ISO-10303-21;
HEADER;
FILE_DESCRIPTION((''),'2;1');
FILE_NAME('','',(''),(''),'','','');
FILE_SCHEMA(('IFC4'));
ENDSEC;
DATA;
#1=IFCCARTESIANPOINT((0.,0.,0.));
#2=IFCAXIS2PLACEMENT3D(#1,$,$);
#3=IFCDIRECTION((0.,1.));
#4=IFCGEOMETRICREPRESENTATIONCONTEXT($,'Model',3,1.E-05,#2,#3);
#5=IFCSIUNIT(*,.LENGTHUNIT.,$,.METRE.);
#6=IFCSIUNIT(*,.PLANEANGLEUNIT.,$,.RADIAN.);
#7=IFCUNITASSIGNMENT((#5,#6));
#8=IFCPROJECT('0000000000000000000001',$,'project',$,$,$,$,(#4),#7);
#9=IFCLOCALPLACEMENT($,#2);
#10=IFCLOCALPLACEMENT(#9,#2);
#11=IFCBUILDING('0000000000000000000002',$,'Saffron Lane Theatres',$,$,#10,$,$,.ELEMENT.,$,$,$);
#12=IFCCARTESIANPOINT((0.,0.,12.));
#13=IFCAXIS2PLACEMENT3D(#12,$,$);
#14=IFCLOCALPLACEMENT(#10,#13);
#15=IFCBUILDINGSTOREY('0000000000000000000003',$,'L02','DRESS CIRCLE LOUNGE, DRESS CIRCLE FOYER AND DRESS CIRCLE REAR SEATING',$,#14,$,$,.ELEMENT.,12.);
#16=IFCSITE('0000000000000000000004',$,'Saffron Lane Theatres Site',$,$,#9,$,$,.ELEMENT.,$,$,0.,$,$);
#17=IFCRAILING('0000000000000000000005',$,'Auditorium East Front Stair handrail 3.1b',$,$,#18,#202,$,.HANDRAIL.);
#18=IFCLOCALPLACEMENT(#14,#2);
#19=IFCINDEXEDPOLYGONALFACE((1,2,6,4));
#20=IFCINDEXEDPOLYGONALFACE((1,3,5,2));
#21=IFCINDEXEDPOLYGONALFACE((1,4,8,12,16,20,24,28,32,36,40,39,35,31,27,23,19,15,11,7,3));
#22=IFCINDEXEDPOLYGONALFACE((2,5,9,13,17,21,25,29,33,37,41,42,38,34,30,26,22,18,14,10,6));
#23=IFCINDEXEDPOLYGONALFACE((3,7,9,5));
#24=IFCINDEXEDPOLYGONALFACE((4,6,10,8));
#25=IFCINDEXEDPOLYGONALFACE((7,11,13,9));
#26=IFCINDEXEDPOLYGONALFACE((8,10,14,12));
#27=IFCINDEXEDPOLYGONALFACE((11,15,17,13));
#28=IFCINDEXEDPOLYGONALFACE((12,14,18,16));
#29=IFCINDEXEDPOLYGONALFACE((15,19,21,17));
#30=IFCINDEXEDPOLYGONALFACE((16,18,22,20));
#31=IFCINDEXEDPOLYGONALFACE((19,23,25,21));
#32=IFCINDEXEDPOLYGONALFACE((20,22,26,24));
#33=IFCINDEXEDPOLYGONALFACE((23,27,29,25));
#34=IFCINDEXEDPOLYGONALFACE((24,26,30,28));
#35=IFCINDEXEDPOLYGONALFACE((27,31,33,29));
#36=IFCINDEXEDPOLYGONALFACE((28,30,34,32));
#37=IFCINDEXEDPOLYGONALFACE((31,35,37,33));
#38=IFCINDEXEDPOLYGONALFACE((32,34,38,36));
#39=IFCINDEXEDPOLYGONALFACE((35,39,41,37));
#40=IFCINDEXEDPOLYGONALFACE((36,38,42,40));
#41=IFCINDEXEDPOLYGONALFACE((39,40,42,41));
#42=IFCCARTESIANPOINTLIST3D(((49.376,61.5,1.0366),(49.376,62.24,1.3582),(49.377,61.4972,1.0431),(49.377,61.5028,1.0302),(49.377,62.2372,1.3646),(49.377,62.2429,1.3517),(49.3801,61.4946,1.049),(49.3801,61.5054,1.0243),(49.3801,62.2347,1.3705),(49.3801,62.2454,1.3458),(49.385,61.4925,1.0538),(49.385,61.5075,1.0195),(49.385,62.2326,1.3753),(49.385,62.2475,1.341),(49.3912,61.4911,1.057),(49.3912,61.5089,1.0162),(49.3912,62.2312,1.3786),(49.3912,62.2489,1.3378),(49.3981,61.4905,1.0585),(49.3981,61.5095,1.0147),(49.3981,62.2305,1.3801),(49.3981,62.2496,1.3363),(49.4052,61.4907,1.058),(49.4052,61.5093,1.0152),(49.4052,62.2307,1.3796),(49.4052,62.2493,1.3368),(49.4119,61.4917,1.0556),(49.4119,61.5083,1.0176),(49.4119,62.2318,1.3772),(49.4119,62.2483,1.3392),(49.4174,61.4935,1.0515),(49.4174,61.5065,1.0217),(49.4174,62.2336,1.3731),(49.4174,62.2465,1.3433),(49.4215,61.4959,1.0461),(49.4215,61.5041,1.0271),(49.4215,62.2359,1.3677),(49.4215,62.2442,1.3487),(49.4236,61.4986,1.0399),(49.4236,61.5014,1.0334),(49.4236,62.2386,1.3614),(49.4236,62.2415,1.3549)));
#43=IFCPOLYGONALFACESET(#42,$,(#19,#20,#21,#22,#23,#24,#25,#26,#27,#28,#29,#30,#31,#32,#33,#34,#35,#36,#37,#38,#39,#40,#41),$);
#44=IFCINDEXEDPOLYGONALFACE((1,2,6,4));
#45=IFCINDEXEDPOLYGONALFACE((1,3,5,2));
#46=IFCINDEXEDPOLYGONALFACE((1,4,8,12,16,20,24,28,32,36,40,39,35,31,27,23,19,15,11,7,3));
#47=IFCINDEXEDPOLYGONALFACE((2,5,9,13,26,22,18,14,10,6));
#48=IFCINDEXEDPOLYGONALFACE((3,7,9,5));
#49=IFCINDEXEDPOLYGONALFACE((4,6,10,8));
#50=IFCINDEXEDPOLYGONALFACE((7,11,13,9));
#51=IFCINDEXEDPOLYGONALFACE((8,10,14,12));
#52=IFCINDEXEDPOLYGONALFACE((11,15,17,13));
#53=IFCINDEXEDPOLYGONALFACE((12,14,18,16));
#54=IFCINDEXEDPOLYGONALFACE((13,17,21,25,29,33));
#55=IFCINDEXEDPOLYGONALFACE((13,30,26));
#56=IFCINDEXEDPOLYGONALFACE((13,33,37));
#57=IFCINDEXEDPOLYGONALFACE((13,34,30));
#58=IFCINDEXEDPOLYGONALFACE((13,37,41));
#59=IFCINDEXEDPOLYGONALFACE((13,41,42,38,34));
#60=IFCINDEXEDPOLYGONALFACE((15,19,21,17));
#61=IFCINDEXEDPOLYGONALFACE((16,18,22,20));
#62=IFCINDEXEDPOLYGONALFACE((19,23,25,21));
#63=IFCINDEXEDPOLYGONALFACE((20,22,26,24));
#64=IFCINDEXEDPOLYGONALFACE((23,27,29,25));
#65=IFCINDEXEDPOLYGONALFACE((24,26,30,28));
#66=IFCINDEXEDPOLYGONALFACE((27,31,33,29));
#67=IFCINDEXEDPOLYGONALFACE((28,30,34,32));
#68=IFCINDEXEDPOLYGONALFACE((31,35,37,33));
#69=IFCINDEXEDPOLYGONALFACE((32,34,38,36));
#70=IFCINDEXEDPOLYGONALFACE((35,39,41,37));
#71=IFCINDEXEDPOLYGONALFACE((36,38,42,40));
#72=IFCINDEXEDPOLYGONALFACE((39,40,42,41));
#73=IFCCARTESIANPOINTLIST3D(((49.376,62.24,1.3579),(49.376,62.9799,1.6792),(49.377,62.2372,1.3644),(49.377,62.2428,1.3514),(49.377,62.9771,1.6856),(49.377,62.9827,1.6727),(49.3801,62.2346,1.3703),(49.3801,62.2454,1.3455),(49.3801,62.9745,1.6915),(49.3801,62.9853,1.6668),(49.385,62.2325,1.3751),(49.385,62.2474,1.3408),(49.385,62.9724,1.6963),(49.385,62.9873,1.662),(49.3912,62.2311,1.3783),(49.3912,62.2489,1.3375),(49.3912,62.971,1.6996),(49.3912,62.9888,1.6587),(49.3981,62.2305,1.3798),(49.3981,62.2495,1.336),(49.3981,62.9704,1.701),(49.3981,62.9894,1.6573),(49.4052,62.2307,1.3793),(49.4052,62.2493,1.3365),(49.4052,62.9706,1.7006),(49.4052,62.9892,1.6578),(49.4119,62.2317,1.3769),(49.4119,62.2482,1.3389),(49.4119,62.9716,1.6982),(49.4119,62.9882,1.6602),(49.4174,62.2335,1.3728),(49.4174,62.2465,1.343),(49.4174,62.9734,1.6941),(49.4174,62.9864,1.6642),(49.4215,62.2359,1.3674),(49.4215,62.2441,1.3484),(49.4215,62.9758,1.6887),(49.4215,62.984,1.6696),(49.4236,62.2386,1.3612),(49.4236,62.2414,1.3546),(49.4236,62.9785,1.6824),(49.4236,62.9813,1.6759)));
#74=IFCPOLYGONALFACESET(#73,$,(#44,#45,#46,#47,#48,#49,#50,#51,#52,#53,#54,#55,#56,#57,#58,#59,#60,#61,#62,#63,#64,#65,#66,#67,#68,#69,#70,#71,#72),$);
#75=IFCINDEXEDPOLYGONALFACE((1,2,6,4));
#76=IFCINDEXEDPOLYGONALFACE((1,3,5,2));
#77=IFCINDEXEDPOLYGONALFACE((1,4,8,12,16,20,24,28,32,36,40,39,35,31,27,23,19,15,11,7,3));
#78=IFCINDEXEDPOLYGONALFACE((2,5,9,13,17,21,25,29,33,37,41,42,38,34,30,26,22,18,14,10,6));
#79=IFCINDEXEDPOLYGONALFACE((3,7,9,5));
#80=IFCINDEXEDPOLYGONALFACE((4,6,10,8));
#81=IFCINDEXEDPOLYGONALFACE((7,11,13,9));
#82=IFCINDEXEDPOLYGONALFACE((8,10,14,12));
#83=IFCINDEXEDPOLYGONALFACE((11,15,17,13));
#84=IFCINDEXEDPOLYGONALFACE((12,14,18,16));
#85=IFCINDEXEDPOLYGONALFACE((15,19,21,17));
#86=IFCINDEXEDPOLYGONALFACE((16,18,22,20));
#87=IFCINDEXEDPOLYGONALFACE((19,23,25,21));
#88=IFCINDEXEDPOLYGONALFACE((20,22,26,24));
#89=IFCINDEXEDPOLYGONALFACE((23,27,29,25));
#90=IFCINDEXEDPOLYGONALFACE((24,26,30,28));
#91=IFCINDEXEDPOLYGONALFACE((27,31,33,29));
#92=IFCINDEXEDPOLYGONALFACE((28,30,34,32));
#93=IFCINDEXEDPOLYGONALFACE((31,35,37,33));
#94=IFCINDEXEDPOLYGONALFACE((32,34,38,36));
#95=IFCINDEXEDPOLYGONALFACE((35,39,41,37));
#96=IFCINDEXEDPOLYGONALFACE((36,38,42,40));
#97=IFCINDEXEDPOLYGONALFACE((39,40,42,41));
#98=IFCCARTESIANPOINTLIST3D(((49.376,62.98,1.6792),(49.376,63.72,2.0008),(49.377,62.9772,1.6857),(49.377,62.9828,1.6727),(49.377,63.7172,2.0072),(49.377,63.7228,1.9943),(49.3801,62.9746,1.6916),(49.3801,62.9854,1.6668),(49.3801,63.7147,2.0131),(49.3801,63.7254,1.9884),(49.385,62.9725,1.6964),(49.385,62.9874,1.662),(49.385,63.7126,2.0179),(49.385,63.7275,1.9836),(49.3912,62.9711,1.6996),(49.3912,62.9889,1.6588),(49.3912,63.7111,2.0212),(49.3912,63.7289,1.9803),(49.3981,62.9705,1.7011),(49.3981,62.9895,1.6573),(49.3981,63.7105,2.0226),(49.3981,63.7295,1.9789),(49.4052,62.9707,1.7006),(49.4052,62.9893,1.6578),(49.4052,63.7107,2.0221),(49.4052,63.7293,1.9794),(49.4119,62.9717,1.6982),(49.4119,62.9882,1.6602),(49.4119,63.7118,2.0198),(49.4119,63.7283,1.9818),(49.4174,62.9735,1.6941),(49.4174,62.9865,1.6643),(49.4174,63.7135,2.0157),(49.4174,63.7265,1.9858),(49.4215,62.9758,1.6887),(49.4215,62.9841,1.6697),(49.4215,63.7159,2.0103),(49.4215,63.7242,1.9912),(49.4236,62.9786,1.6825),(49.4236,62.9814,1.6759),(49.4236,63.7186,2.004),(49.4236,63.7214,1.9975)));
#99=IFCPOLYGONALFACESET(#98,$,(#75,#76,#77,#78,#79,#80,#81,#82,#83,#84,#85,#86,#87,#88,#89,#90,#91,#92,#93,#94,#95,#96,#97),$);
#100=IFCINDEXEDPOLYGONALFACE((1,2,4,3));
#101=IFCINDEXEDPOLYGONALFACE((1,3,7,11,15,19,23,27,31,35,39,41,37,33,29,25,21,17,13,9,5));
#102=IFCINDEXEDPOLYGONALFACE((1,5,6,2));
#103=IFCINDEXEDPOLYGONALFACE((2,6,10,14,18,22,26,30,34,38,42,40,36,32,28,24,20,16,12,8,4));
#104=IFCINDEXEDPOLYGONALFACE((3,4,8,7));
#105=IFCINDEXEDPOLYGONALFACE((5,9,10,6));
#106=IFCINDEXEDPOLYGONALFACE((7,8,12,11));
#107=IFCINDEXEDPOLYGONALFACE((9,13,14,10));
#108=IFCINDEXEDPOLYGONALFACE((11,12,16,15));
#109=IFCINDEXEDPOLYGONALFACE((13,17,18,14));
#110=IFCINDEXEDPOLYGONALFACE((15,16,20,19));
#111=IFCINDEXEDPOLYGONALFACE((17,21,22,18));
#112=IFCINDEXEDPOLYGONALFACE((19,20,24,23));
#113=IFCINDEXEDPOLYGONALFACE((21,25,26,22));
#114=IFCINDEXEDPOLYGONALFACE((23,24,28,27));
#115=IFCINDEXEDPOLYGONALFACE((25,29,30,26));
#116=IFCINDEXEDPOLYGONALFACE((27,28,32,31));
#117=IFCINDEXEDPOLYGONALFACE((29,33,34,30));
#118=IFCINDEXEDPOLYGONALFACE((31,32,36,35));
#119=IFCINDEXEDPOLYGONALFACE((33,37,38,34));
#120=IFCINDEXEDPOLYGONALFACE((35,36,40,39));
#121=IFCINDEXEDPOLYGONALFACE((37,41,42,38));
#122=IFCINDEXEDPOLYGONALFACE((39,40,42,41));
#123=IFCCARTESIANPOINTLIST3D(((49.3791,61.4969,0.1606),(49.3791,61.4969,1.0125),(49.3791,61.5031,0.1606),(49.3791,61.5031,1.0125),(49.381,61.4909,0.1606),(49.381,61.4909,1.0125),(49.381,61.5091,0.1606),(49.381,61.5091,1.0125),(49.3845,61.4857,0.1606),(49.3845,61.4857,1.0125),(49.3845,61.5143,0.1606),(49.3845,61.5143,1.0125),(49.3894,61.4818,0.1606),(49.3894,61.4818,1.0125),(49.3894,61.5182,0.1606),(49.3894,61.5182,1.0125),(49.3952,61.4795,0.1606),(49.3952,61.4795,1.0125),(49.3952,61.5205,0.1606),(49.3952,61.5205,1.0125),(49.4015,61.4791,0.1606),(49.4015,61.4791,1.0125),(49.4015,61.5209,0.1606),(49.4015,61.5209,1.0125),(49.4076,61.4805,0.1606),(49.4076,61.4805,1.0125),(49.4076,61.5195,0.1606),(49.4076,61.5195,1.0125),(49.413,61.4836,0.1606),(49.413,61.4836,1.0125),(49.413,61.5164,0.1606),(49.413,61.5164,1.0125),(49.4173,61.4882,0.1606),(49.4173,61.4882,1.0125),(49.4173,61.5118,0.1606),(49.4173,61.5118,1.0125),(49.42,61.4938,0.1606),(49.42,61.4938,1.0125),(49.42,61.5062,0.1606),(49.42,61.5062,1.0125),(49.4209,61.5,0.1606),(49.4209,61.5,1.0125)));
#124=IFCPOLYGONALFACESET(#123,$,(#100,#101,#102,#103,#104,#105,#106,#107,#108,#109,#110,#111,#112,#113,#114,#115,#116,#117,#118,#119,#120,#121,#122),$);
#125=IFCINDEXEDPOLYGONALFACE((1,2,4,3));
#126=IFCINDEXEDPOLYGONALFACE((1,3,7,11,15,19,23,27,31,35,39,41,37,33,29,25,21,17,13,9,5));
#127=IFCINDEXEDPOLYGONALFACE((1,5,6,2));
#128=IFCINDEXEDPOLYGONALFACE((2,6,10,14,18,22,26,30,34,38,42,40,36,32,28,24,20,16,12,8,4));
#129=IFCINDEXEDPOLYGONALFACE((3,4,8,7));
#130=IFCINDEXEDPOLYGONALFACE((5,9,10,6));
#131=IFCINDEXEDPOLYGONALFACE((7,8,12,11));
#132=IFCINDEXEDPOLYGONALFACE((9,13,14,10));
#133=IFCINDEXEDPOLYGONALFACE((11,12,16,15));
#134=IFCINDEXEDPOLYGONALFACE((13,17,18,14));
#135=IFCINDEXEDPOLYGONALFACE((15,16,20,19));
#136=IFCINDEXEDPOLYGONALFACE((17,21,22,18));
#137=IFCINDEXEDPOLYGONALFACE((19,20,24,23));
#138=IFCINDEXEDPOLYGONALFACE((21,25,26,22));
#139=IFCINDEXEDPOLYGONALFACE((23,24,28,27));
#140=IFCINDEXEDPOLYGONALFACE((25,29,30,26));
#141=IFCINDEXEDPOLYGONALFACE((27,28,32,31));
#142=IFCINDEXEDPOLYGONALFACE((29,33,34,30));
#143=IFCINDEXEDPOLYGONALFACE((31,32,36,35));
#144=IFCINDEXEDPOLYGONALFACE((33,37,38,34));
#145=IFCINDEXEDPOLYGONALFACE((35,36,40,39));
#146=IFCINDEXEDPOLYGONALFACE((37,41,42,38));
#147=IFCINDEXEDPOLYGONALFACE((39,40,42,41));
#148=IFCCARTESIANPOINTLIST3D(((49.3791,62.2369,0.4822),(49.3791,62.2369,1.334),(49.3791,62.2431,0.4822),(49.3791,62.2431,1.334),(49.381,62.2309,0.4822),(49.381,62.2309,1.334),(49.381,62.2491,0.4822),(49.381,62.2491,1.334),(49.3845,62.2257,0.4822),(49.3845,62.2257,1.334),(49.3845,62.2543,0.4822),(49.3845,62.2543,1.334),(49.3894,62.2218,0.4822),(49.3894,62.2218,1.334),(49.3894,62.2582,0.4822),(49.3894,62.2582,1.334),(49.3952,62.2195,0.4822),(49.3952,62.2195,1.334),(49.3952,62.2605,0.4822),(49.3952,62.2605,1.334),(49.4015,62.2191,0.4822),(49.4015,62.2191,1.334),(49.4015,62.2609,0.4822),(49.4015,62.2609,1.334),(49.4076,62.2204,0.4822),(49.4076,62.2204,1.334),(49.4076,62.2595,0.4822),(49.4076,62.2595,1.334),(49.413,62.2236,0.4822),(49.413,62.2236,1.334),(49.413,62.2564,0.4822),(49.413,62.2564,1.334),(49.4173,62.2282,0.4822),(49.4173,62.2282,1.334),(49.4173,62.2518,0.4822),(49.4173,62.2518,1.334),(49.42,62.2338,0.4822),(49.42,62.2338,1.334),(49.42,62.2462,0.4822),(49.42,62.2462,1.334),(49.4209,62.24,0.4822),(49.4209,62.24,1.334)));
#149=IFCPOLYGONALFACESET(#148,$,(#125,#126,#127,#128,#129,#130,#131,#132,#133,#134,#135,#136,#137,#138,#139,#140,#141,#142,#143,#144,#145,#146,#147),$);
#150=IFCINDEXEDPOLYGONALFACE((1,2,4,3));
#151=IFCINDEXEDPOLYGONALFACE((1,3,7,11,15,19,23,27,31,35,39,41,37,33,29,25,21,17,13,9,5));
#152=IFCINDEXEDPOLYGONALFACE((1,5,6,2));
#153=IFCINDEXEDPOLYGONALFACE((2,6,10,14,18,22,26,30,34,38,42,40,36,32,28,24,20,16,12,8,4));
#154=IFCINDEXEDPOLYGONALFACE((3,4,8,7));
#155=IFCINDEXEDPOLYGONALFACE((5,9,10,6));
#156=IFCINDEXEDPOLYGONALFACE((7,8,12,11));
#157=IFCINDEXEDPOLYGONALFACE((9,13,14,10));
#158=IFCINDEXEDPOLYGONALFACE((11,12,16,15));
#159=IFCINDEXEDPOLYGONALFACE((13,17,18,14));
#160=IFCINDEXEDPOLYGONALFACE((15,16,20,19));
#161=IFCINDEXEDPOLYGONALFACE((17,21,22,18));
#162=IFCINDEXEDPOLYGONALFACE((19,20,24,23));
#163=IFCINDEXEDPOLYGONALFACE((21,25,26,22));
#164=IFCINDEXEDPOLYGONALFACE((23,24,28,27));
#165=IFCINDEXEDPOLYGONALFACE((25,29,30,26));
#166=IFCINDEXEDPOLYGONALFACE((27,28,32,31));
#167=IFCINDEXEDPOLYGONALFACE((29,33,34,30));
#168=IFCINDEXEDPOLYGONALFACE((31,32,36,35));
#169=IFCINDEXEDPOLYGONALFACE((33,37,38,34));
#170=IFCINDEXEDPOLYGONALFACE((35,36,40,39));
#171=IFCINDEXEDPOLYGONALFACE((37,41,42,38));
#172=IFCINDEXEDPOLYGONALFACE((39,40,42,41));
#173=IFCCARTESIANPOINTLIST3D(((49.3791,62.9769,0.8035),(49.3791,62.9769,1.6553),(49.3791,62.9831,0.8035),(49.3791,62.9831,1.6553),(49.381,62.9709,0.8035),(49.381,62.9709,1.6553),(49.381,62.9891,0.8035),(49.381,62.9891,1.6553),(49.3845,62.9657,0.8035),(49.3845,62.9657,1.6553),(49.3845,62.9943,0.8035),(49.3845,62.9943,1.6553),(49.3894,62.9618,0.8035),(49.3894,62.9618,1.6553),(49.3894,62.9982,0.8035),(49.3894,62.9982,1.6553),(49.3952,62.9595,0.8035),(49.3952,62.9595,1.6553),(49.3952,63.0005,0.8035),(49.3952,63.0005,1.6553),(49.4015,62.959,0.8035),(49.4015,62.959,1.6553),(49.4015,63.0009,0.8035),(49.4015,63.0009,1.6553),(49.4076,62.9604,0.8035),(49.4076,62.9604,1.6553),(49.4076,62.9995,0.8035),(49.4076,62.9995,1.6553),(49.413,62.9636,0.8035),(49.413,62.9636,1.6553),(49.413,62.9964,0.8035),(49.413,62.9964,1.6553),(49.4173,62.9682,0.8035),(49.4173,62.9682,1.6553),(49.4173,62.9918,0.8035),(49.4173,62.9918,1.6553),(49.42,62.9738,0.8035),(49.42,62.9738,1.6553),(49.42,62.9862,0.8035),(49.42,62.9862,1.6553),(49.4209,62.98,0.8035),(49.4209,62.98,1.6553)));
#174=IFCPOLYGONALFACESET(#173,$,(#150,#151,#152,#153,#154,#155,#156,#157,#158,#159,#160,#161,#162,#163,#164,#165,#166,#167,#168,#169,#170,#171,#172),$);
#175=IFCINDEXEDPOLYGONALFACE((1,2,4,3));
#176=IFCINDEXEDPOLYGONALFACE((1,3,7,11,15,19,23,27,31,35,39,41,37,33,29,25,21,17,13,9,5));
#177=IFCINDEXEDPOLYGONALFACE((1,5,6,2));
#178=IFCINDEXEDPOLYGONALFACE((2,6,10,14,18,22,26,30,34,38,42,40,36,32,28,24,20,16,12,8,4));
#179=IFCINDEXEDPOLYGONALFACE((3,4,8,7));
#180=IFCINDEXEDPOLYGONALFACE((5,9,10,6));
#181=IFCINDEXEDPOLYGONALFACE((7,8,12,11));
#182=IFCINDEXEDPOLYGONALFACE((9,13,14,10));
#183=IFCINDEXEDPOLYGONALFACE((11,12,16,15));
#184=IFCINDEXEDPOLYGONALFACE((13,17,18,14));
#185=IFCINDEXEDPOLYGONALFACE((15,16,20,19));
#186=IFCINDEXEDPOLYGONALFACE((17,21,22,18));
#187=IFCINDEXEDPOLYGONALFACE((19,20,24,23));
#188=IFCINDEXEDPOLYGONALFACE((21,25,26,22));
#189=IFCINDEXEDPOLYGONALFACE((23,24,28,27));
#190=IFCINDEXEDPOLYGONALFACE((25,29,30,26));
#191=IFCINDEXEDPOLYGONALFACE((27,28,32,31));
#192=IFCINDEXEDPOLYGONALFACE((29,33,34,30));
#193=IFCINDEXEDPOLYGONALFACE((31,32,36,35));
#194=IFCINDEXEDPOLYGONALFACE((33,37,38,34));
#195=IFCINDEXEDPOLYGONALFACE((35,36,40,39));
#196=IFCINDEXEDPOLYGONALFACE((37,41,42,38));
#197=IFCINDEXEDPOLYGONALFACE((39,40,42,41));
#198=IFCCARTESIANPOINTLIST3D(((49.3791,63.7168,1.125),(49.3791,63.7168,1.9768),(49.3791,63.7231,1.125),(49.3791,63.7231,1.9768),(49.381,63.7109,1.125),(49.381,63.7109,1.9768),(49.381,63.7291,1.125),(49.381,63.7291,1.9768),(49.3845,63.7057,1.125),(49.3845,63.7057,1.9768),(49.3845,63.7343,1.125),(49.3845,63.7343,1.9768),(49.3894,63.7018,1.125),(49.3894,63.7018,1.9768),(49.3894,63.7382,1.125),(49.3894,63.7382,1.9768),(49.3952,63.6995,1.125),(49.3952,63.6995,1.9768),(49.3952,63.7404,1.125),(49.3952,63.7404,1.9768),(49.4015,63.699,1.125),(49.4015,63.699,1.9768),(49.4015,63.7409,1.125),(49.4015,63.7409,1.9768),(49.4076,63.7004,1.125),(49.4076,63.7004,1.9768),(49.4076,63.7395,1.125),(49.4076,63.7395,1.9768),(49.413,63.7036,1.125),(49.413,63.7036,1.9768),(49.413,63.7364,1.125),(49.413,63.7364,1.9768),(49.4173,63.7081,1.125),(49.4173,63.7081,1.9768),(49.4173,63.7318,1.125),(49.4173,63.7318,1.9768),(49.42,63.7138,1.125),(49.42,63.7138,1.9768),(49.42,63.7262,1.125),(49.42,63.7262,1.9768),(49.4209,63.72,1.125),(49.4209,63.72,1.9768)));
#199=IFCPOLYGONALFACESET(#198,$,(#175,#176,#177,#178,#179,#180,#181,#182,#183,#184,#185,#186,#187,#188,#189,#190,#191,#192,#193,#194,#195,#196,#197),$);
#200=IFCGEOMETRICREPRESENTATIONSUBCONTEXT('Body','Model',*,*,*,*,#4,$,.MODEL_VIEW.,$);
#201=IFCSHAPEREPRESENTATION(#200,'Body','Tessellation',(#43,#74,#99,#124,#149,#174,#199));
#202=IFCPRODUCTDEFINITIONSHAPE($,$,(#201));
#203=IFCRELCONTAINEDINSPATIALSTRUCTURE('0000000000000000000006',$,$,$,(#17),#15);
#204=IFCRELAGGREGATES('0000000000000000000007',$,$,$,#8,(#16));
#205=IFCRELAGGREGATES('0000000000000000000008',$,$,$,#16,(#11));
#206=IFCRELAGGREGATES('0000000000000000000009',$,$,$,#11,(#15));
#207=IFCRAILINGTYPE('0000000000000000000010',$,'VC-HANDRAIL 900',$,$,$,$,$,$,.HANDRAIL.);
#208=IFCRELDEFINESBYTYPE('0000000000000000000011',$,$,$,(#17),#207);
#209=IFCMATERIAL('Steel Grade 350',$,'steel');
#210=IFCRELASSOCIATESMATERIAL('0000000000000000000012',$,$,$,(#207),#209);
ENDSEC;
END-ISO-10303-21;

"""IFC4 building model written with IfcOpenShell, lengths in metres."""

from ifc_helpers import new_model, si_unit, direction, frame, origin, origin_2d, place, context, subcontext, project, spatial, circle, extrude, material, type_object, element, save


model = new_model("IFC4")

# Units and contexts
model_context = context("Model", 3, precision=1e-05, world=origin(), true_north=direction((0.0, 1.0)))
body_context = subcontext(model_context, "Body", "Model", "MODEL_VIEW")
ifc_project = project(units=[si_unit("LENGTHUNIT", "METRE"), si_unit("PLANEANGLEUNIT", "RADIAN")], contexts=[model_context])

# Site, building, storey
site_placement = place(None, origin())
site = spatial("IfcSite", under=ifc_project, at=site_placement, Name="Saffron Lane Theatres Site", CompositionType="ELEMENT", RefElevation=0.0)
building_placement = place(site_placement, origin())
building = spatial("IfcBuilding", under=site, at=building_placement, Name="Saffron Lane Theatres", CompositionType="ELEMENT")
storey_placement = place(building_placement, frame((0.0, 0.0, 12.0)))
storey = spatial("IfcBuildingStorey", under=building, at=storey_placement, Name="L02", Description="DRESS CIRCLE LOUNGE, DRESS CIRCLE FOYER AND DRESS CIRCLE REAR SEATING", CompositionType="ELEMENT", Elevation=12.0)

# Railing
ifc_material_1 = material(Name="Steel Grade 350", Category="steel")
railing_type_1 = type_object("IfcRailingType", Name="VC-HANDRAIL 900", PredefinedType="HANDRAIL", material=ifc_material_1)
for number, where, name in (
    (1, (49.3999, 61.5, 0.1606), "Auditorium East Front Stair handrail 3.1b"),
):
    element("IfcRailing", number, at=place(storey_placement, frame(where)), inside=storey, type_object=railing_type_1, Name=name, PredefinedType="HANDRAIL", context=body_context, shape_type="SweptSolid", body=[
        extrude(circle(Radius=0.0239, at=origin_2d()), frame((0.0, 0.0, 0.876), z_axis=(0.0, 0.917161, 0.398516), x_axis=(-1.0, 0.0, 0.0)), (0.0, 0.0, 1.0), 0.8069),
        extrude(circle(Radius=0.0239, at=origin_2d()), frame((0.0, 0.74, 1.1973), z_axis=(0.0, 0.917272, 0.398261), x_axis=(-1.0, 0.0, 0.0)), (0.0, 0.0, 1.0), 0.8066),
        extrude(circle(Radius=0.0239, at=origin_2d()), frame((0.0, 1.48, 1.5186), z_axis=(0.0, 0.917161, 0.398516), x_axis=(-1.0, 0.0, 0.0)), (0.0, 0.0, 1.0), 0.8069),
        extrude(circle(Radius=0.021, at=origin_2d()), origin(), (0.0, 0.0, 1.0), 0.8518),
        extrude(circle(Radius=0.021, at=origin_2d()), frame((0.0, 0.74, 0.3215)), (0.0, 0.0, 1.0), 0.8518),
        extrude(circle(Radius=0.021, at=origin_2d()), frame((0.0, 1.48, 0.6428)), (0.0, 0.0, 1.0), 0.8518),
        extrude(circle(Radius=0.021, at=origin_2d()), frame((0.0, 2.22, 0.9644)), (0.0, 0.0, 1.0), 0.8518),
    ])

save(model, "model.ifc")
